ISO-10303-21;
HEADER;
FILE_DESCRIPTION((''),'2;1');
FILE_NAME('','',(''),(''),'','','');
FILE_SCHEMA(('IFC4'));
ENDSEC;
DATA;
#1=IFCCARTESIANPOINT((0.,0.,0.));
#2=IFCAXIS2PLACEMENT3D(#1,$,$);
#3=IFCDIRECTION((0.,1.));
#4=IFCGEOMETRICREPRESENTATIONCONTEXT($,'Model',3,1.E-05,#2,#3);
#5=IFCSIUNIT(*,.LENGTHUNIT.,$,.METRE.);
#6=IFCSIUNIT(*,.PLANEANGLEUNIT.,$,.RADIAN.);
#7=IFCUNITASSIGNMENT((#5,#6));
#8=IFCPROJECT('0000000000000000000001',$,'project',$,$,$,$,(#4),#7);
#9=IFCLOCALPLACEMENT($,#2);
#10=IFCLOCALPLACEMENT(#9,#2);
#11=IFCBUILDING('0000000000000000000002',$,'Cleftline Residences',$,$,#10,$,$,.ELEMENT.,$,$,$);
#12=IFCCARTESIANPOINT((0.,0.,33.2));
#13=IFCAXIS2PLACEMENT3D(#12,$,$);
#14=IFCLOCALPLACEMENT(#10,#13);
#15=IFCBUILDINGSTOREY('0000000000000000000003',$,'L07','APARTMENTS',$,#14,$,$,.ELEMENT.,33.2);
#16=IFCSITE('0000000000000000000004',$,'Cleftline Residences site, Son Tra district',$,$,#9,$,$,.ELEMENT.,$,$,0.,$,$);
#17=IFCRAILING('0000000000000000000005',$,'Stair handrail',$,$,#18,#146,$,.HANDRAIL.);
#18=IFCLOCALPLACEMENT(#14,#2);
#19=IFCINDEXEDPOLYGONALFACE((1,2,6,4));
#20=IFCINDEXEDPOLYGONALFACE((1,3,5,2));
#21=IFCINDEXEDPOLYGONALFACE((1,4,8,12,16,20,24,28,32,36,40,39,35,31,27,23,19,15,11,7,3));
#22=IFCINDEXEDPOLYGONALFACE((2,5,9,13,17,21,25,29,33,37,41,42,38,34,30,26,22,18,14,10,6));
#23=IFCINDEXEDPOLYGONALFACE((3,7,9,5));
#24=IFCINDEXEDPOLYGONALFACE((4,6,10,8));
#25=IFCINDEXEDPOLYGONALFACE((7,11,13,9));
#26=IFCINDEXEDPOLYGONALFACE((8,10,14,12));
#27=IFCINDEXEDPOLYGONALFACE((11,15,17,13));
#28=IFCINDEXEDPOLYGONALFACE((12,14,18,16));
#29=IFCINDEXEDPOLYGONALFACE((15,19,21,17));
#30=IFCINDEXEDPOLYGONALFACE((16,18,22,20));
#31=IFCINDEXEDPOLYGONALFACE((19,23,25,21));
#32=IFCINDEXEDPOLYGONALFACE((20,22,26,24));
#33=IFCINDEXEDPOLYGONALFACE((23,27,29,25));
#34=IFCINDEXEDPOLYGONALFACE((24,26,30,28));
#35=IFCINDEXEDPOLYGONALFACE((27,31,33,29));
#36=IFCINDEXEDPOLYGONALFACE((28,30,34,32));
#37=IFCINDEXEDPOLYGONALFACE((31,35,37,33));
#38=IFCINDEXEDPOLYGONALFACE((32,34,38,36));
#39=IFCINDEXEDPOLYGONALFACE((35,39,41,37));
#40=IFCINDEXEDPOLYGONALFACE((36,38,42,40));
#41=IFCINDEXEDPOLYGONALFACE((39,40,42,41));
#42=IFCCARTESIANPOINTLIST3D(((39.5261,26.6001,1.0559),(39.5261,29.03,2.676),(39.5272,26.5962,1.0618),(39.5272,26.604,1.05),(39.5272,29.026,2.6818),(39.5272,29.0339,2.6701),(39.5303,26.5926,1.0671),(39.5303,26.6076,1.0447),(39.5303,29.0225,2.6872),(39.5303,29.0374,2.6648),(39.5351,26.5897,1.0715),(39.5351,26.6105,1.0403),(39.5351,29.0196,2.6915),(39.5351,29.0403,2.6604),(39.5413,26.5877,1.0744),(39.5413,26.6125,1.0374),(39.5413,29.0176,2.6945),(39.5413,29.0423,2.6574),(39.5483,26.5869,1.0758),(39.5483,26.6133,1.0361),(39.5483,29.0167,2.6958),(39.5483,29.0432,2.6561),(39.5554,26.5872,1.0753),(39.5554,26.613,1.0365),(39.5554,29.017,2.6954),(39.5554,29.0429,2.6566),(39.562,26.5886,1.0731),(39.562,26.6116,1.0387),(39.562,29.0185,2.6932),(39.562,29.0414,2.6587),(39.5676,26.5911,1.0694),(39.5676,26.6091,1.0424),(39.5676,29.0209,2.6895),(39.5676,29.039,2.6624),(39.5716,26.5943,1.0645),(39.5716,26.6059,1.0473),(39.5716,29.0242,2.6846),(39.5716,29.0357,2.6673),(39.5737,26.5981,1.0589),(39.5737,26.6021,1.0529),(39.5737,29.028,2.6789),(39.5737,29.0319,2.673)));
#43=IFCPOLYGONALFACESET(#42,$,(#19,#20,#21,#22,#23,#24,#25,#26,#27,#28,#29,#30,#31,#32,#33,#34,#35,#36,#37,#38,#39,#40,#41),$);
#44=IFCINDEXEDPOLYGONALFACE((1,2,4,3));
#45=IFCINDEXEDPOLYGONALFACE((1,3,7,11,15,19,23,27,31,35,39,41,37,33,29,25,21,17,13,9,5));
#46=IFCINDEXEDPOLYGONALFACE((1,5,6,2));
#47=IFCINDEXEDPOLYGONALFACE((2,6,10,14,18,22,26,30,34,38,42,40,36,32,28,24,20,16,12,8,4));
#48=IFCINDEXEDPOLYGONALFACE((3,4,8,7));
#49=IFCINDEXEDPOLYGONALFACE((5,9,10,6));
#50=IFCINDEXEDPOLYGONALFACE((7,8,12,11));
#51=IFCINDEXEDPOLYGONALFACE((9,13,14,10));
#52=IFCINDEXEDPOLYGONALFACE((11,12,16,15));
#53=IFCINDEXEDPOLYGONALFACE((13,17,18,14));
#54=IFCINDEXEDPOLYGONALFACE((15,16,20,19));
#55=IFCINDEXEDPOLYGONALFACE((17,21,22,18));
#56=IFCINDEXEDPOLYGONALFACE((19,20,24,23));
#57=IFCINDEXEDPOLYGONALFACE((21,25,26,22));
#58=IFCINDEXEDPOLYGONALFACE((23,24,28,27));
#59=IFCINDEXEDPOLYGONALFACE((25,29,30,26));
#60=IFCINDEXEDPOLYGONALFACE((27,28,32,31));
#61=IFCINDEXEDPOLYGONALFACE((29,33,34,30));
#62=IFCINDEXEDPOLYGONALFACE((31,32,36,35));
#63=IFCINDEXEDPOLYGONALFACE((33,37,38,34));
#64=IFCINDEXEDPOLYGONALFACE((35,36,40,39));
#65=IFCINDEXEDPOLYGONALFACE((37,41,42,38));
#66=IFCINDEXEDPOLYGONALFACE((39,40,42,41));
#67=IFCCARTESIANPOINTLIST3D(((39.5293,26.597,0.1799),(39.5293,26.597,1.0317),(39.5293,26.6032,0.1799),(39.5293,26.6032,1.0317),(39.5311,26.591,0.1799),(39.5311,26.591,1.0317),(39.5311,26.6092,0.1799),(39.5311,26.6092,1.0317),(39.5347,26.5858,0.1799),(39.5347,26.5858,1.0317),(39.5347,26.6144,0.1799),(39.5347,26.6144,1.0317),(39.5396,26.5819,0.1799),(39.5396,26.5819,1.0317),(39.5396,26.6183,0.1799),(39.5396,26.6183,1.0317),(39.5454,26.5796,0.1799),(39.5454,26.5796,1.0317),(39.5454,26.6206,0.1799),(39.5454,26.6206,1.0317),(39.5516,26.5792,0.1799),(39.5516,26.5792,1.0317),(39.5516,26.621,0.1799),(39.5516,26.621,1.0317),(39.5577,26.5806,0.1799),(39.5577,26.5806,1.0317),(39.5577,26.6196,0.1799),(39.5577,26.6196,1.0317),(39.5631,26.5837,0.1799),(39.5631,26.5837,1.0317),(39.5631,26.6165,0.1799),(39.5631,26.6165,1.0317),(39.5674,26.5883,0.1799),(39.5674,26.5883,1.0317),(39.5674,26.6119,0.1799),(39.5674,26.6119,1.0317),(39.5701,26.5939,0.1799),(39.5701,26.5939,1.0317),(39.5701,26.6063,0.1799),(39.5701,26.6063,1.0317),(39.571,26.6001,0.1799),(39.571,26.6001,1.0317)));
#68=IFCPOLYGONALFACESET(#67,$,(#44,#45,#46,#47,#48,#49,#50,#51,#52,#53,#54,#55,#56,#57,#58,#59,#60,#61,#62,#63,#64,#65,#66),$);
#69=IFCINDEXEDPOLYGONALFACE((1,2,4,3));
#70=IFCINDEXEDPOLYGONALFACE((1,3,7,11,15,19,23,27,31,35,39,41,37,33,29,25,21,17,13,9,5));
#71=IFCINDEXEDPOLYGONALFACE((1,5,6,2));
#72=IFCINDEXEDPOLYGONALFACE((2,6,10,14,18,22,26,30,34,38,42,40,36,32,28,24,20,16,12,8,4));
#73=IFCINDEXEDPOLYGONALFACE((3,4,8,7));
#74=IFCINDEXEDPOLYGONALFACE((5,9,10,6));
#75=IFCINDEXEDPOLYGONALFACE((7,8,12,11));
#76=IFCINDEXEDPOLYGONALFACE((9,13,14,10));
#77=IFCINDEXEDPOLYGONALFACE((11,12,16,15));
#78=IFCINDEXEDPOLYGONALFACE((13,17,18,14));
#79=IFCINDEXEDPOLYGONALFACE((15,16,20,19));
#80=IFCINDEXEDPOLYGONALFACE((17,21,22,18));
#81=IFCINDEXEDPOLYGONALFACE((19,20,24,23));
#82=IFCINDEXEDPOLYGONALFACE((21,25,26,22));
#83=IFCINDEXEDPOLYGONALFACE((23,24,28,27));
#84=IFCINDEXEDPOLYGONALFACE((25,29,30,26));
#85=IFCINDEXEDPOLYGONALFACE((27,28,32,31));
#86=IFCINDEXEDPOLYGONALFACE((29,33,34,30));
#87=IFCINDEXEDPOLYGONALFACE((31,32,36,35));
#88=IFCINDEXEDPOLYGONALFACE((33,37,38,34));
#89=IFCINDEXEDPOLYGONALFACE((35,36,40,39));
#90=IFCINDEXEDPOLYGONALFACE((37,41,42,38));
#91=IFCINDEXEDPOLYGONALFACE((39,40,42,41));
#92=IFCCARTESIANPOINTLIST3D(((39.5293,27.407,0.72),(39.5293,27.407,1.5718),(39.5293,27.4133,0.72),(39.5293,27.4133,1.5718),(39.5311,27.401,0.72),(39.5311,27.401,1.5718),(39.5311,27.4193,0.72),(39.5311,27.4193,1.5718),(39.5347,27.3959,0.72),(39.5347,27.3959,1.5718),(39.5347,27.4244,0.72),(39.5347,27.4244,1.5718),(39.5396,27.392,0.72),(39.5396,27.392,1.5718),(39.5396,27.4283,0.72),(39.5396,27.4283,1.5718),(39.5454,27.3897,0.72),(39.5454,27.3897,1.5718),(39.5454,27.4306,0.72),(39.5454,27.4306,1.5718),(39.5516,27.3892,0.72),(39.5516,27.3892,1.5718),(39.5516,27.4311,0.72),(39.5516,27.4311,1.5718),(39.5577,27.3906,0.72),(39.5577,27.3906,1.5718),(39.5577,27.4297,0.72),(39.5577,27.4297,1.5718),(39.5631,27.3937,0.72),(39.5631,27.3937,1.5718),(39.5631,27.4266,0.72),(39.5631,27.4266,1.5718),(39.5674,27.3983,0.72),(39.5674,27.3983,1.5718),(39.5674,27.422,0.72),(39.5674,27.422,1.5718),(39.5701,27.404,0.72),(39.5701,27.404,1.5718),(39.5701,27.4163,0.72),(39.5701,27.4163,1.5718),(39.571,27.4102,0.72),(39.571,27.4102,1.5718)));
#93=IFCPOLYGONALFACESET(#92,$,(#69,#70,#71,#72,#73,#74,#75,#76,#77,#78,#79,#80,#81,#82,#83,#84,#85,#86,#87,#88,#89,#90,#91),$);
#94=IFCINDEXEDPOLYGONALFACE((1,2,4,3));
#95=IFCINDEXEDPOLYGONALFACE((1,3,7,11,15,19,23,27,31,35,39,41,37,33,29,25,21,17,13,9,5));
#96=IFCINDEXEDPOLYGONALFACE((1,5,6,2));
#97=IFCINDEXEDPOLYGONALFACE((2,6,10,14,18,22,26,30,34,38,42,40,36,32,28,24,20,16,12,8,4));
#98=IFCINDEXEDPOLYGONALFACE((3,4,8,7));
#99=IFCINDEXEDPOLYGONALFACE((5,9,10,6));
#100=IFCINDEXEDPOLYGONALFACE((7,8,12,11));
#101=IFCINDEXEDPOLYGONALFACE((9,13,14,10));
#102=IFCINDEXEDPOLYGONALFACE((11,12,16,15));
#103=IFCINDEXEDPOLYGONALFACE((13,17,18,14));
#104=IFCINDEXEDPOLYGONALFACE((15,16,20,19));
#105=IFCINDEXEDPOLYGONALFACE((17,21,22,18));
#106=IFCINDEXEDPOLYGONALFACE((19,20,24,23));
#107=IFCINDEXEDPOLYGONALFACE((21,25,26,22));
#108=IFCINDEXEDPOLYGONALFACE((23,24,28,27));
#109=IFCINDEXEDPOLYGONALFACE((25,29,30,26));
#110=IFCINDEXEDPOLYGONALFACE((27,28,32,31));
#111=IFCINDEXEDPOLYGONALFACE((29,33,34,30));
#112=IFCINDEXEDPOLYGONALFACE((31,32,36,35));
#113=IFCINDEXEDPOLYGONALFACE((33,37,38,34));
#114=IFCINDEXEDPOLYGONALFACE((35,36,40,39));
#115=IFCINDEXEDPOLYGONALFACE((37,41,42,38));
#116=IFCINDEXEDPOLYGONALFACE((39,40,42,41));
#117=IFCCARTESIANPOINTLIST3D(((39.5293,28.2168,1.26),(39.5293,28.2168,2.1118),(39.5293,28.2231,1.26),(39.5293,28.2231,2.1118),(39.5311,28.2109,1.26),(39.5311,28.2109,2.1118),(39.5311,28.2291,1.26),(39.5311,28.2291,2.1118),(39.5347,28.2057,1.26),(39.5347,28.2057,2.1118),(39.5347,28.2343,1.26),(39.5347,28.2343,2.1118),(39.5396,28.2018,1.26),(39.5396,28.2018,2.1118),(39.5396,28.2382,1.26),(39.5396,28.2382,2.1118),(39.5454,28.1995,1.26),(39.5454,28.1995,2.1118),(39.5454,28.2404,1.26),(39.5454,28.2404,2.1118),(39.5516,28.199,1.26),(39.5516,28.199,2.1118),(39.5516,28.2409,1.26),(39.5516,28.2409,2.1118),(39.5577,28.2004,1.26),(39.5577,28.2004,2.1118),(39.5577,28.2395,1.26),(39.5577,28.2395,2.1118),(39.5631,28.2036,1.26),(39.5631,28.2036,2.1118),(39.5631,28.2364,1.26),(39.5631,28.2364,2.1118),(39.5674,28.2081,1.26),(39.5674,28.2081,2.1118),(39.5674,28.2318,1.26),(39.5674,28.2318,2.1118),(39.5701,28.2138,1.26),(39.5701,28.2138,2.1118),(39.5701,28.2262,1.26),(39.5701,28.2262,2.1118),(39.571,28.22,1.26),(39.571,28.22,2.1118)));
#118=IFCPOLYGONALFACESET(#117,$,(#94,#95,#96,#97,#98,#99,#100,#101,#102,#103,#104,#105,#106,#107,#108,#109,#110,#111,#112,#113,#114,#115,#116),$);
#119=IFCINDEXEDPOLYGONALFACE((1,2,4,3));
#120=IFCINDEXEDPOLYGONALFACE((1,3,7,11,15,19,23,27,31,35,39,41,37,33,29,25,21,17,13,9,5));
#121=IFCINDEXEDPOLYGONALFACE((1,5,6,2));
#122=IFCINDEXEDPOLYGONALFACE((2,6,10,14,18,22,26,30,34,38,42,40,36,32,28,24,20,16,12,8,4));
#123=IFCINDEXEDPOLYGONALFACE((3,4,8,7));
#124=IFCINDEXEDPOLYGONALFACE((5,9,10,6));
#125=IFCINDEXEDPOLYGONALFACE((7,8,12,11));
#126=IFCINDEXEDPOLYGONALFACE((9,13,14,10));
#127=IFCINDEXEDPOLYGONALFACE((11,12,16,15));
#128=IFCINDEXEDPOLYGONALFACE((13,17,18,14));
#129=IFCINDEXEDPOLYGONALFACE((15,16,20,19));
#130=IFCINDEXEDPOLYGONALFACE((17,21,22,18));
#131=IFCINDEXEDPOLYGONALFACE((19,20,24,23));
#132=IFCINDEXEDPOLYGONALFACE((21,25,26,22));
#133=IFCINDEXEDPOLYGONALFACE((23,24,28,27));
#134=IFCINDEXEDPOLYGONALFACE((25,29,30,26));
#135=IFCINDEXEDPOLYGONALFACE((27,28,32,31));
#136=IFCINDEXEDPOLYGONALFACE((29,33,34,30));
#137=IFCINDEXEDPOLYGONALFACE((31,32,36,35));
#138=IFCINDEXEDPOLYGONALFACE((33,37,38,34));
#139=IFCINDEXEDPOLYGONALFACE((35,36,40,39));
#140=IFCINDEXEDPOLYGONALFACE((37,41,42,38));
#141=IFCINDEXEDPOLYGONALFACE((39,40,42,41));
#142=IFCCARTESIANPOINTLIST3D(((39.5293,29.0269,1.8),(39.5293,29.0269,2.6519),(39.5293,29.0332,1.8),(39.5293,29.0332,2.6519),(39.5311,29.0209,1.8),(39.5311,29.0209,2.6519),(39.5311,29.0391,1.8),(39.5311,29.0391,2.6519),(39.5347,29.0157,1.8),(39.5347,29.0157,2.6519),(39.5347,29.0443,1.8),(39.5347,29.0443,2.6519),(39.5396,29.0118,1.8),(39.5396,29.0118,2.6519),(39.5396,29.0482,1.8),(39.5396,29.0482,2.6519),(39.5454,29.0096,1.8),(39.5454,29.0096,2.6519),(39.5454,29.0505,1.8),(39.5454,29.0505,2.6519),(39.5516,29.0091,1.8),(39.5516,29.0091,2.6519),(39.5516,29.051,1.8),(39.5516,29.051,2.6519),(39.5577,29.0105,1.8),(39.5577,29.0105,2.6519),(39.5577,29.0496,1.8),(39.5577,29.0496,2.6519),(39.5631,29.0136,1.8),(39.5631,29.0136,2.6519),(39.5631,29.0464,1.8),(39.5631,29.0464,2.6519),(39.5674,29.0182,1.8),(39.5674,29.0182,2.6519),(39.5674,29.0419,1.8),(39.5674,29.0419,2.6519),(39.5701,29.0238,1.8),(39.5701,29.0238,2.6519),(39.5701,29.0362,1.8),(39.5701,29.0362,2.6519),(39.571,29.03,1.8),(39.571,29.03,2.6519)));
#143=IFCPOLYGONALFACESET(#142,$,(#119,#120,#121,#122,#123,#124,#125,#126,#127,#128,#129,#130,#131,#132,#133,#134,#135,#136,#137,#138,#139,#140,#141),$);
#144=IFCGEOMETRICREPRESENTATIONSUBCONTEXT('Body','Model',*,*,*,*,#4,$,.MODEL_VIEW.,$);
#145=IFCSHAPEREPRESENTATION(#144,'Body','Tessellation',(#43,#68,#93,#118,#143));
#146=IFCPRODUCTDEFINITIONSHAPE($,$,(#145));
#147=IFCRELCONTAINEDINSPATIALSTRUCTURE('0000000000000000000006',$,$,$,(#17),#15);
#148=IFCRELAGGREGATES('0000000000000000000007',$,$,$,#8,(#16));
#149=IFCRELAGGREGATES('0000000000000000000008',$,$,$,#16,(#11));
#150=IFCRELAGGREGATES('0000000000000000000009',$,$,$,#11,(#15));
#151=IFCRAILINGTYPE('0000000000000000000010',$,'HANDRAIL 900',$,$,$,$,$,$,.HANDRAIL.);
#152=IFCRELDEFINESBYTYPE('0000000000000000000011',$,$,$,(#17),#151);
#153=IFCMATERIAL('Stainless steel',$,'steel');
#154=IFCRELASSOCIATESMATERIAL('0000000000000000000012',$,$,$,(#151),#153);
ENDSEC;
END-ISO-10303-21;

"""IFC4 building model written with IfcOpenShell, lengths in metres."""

from ifc_helpers import new_model, si_unit, direction, frame, origin, origin_2d, place, context, subcontext, project, spatial, circle, extrude, material, type_object, element, save


model = new_model("IFC4")

# Units and contexts
model_context = context("Model", 3, precision=1e-05, world=origin(), true_north=direction((0.0, 1.0)))
body_context = subcontext(model_context, "Body", "Model", "MODEL_VIEW")
ifc_project = project(units=[si_unit("LENGTHUNIT", "METRE"), si_unit("PLANEANGLEUNIT", "RADIAN")], contexts=[model_context])

# Site, building, storey
site_placement = place(None, origin())
site = spatial("IfcSite", under=ifc_project, at=site_placement, Name="Cleftline Residences site, Son Tra district", CompositionType="ELEMENT", RefElevation=0.0)
building_placement = place(site_placement, origin())
building = spatial("IfcBuilding", under=site, at=building_placement, Name="Cleftline Residences", CompositionType="ELEMENT")
storey_placement = place(building_placement, frame((0.0, 0.0, 33.2)))
storey = spatial("IfcBuildingStorey", under=building, at=storey_placement, Name="L07", Description="APARTMENTS", CompositionType="ELEMENT", Elevation=33.2)

# Railing
ifc_material_1 = material(Name="Stainless steel", Category="steel")
railing_type = type_object("IfcRailingType", Name="HANDRAIL 900", PredefinedType="HANDRAIL", material=ifc_material_1)
railing_1_placement = place(storey_placement, frame((39.55, 26.6001, 0.1799)))
element("IfcRailing", 1, at=railing_1_placement, inside=storey, type_object=railing_type, Name="Stair handrail", PredefinedType="HANDRAIL", context=body_context, shape_type="SweptSolid", body=[
    extrude(circle(Radius=0.0239, at=origin_2d()), frame((0.0, 0.0, 0.876), z_axis=(0.0, 0.832025, 0.554739), x_axis=(-1.0, 0.0, 0.0)), (0.0, 0.0, 1.0), 2.9204),
    extrude(circle(Radius=0.021, at=origin_2d()), origin(), (0.0, 0.0, 1.0), 0.8518),
    extrude(circle(Radius=0.021, at=origin_2d()), frame((0.0, 0.8101, 0.54)), (0.0, 0.0, 1.0), 0.8518),
    extrude(circle(Radius=0.021, at=origin_2d()), frame((0.0, 1.6199, 1.0801)), (0.0, 0.0, 1.0), 0.8518),
    extrude(circle(Radius=0.021, at=origin_2d()), frame((0.0, 2.4299, 1.6201)), (0.0, 0.0, 1.0), 0.8518),
])

save(model, "model.ifc")
